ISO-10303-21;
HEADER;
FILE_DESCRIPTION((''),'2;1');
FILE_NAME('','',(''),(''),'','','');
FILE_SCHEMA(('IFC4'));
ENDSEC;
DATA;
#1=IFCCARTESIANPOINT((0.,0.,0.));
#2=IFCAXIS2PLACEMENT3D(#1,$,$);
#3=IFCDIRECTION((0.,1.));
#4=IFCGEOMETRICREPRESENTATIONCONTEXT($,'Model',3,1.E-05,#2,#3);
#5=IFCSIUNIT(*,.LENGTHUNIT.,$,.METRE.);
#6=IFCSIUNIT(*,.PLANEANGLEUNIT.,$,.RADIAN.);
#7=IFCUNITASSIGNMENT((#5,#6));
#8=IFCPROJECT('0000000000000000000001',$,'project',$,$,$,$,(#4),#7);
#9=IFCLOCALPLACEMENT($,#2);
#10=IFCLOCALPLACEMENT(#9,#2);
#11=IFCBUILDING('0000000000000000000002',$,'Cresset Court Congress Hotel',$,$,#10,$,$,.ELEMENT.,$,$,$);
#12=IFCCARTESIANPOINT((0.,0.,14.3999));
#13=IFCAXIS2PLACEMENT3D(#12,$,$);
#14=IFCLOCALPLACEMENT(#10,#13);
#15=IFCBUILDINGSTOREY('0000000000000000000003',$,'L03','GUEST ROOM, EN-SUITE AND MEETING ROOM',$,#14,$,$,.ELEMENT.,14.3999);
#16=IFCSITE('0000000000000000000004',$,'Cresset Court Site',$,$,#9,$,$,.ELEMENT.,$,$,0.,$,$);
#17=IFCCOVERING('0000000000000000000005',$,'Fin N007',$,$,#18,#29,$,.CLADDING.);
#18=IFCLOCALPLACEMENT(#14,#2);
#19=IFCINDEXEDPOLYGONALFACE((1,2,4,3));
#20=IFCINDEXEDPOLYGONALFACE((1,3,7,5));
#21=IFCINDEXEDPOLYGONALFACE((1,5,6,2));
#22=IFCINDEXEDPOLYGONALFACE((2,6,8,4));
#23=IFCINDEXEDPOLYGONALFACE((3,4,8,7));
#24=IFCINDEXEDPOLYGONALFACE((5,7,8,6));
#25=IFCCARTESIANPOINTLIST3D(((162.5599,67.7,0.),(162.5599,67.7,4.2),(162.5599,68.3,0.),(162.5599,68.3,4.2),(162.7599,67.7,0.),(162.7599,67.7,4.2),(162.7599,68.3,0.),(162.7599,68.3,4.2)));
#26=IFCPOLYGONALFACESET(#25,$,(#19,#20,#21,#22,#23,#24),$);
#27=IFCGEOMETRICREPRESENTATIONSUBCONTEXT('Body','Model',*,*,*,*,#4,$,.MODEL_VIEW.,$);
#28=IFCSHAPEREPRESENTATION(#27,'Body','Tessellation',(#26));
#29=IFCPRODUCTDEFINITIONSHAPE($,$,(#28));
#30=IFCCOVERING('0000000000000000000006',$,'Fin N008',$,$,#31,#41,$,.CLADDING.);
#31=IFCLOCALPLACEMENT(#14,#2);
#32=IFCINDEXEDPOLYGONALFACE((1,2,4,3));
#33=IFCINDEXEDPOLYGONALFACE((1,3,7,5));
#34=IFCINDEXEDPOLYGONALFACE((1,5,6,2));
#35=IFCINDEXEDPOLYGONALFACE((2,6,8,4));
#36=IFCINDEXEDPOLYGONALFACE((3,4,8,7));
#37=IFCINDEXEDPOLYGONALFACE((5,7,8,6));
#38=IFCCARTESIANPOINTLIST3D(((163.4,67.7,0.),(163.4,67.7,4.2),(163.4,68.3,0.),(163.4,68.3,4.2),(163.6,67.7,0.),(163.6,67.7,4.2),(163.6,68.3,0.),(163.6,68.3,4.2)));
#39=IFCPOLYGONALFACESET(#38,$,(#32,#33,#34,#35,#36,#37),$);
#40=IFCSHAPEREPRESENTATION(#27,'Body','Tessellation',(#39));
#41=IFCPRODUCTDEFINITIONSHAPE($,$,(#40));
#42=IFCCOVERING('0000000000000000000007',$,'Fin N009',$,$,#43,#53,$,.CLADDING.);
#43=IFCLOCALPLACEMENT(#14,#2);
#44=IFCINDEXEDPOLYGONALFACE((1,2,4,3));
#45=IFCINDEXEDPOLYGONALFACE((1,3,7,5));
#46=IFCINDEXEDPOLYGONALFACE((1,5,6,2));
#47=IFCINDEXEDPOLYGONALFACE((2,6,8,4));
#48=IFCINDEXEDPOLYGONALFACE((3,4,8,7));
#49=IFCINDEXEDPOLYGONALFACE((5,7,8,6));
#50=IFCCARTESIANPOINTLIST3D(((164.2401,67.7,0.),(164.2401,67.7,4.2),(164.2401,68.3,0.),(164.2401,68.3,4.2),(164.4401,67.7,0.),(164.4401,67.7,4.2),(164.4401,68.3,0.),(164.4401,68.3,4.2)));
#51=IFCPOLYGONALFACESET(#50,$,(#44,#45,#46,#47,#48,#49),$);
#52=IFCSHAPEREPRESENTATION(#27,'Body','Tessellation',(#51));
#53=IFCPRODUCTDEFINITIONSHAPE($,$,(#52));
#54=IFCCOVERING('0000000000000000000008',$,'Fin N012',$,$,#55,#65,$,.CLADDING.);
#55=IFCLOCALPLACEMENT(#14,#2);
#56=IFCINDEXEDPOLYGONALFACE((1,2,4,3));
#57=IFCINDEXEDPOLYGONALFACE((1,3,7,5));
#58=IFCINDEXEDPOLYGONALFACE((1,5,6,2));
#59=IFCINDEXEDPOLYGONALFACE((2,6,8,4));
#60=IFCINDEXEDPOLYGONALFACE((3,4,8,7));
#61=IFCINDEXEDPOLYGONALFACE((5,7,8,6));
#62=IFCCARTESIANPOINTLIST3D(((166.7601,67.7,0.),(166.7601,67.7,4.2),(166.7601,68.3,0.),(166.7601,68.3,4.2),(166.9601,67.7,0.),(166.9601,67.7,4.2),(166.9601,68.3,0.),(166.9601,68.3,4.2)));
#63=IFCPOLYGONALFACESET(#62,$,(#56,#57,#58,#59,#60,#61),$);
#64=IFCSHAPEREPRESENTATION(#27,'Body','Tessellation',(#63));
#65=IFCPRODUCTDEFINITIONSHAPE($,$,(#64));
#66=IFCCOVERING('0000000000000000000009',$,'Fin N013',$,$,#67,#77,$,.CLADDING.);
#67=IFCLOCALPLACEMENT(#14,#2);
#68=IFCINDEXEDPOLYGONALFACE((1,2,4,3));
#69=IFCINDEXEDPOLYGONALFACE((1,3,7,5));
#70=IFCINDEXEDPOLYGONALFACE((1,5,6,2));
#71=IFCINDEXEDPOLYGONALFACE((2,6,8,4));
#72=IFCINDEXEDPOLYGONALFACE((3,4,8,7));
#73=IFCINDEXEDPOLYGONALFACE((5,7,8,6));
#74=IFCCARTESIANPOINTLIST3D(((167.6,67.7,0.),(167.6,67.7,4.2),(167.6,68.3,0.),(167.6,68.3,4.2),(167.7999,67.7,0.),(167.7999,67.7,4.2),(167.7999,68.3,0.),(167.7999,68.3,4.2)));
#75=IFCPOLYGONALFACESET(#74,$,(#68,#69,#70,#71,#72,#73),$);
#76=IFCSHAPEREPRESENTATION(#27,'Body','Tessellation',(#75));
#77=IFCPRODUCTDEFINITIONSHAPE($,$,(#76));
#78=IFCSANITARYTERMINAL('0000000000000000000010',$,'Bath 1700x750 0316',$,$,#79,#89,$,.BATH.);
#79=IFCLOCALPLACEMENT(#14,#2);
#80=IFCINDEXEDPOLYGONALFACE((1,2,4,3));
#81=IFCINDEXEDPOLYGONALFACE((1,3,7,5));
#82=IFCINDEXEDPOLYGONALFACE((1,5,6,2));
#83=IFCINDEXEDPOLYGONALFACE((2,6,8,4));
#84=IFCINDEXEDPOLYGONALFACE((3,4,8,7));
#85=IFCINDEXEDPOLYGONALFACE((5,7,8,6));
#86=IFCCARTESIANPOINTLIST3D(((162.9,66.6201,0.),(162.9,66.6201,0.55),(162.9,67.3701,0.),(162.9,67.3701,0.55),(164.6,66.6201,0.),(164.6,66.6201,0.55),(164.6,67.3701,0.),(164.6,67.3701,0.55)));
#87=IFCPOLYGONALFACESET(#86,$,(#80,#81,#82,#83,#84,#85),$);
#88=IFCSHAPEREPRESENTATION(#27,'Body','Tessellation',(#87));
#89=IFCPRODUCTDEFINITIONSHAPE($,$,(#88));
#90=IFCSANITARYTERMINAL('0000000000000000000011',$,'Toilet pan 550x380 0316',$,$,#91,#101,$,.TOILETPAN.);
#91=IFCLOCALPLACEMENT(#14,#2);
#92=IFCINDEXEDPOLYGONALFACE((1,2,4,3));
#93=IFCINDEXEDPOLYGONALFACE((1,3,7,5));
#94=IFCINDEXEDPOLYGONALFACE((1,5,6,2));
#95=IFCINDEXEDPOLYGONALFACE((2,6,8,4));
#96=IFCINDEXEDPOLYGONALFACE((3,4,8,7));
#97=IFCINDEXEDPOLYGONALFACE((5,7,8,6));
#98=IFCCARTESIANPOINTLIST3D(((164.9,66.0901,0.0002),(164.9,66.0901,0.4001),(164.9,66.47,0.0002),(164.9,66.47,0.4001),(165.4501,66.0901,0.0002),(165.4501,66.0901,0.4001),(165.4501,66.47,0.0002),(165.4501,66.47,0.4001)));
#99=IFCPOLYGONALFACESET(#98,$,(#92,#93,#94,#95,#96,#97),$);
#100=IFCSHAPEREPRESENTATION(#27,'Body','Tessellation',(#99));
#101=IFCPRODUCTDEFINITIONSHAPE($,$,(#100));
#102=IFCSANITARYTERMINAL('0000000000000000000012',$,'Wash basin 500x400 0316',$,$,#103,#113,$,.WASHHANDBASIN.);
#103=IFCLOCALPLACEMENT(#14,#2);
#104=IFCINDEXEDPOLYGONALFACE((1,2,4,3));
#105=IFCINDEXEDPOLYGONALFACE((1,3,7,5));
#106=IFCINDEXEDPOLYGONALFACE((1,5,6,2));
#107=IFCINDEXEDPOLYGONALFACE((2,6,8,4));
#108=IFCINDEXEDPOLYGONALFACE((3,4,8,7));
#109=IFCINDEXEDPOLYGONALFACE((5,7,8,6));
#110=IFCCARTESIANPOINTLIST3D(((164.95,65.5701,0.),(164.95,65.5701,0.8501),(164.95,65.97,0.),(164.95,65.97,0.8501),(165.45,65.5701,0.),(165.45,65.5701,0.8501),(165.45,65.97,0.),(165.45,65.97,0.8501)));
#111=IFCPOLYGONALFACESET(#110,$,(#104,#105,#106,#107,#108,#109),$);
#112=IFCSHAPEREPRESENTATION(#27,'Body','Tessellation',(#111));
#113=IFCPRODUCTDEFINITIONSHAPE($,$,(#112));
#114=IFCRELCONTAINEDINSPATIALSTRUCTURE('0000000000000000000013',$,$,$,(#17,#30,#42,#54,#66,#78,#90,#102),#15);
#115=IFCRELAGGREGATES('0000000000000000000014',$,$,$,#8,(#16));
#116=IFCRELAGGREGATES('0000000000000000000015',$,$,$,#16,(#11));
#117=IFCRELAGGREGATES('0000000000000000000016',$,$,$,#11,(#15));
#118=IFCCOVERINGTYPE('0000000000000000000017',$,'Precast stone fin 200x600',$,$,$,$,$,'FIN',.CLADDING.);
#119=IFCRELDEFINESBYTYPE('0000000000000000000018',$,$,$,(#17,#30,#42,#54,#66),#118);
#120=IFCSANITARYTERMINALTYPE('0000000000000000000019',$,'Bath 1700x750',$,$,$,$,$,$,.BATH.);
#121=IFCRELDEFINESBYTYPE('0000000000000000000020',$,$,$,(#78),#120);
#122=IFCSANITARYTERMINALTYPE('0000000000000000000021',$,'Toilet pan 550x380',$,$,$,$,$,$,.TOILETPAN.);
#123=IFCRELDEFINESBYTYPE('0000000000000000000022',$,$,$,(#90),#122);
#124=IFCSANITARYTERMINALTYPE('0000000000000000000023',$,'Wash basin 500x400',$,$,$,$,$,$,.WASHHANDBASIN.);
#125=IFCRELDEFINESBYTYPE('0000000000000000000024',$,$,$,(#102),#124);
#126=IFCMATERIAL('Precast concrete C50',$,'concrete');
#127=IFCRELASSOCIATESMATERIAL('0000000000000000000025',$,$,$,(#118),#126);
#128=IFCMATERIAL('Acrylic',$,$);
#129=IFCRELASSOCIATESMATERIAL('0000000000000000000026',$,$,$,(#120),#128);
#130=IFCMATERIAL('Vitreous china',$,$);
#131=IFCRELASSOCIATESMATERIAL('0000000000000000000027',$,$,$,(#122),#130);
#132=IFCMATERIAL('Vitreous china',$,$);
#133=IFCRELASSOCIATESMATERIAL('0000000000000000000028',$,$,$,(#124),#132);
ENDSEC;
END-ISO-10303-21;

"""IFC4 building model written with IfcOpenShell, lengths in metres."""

from ifc_helpers import new_model, si_unit, direction, frame, origin, origin_2d, place, context, subcontext, project, spatial, rectangle, extrude, material, type_object, element, save


model = new_model("IFC4")

# Units and contexts
model_context = context("Model", 3, precision=1e-05, world=origin(), true_north=direction((0.0, 1.0)))
body_context = subcontext(model_context, "Body", "Model", "MODEL_VIEW")
ifc_project = project(units=[si_unit("LENGTHUNIT", "METRE"), si_unit("PLANEANGLEUNIT", "RADIAN")], contexts=[model_context])

# Site, building, storey
site_placement = place(None, origin())
site = spatial("IfcSite", under=ifc_project, at=site_placement, Name="Cresset Court Site", CompositionType="ELEMENT", RefElevation=0.0)
building_placement = place(site_placement, origin())
building = spatial("IfcBuilding", under=site, at=building_placement, Name="Cresset Court Congress Hotel", CompositionType="ELEMENT")
storey_placement = place(building_placement, frame((0.0, 0.0, 14.3999)))
storey = spatial("IfcBuildingStorey", under=building, at=storey_placement, Name="L03", Description="GUEST ROOM, EN-SUITE AND MEETING ROOM", CompositionType="ELEMENT", Elevation=14.3999)

# Coverings
ifc_material_1 = material(Name="Precast concrete C50", Category="concrete")
covering_type = type_object("IfcCoveringType", Name="Precast stone fin 200x600", ElementType="FIN", PredefinedType="CLADDING", material=ifc_material_1)
for number, where, z_axis, x_axis, name in (
    (1, (162.6599, 68.0, 0.0), (0.0, 0.0, 1.0), (1.0, 0.0, 0.0), "Fin N007"),
    (2, (163.5, 68.0, 0.0), (0.0, 0.0, 1.0), (1.0, 0.0, 0.0), "Fin N008"),
    (3, (164.3401, 68.0, 0.0), (0.0, 0.0, 1.0), (1.0, 0.0, 0.0), "Fin N009"),
    (4, (166.8601, 68.0, 0.0), (0.0, 0.0, 1.0), (1.0, 0.0, 0.0), "Fin N012"),
    (5, (167.7, 68.0, 0.0), (0.0, 0.0, 1.0), (1.0, 0.0, 0.0), "Fin N013"),
):
    element("IfcCovering", number, at=place(storey_placement, frame(where, z_axis=z_axis, x_axis=x_axis)), inside=storey, type_object=covering_type, Name=name, PredefinedType="CLADDING", context=body_context, shape_type="SweptSolid", body=[
        extrude(rectangle(XDim=0.2, YDim=0.6001, at=origin_2d()), origin(), (0.0, 0.0, 1.0), 4.2),
    ])

# Sanitary terminals
ifc_material_2 = material(Name="Acrylic")
sanitary_terminal_type_1 = type_object("IfcSanitaryTerminalType", Name="Bath 1700x750", PredefinedType="BATH", material=ifc_material_2)
sanitary_terminal_1_placement = place(storey_placement, frame((163.75, 66.9951, 0.0), z_axis=(0.0, 0.0, 1.0), x_axis=(1.0, 0.0, 0.0)))
element("IfcSanitaryTerminal", 6, at=sanitary_terminal_1_placement, inside=storey, type_object=sanitary_terminal_type_1, Name="Bath 1700x750 0316", PredefinedType="BATH", context=body_context, shape_type="SweptSolid", body=[
    extrude(rectangle(XDim=1.7, YDim=0.75, at=origin_2d()), origin(), (0.0, 0.0, 1.0), 0.55),
])
ifc_material_3 = material(Name="Vitreous china")
sanitary_terminal_type_2 = type_object("IfcSanitaryTerminalType", Name="Toilet pan 550x380", PredefinedType="TOILETPAN", material=ifc_material_3)
sanitary_terminal_2_placement = place(storey_placement, frame((165.175, 66.28, 0.0002), z_axis=(0.0, 0.0, 1.0), x_axis=(1.0, 0.0, 0.0)))
element("IfcSanitaryTerminal", 7, at=sanitary_terminal_2_placement, inside=storey, type_object=sanitary_terminal_type_2, Name="Toilet pan 550x380 0316", PredefinedType="TOILETPAN", context=body_context, shape_type="SweptSolid", body=[
    extrude(rectangle(XDim=0.55, YDim=0.3799, at=origin_2d()), origin(), (0.0, 0.0, 1.0), 0.3999),
])
ifc_material_4 = material(Name="Vitreous china")
sanitary_terminal_type_3 = type_object("IfcSanitaryTerminalType", Name="Wash basin 500x400", PredefinedType="WASHHANDBASIN", material=ifc_material_4)
sanitary_terminal_3_placement = place(storey_placement, frame((165.2, 65.77, 0.0), z_axis=(0.0, 0.0, 1.0), x_axis=(1.0, 0.0, 0.0)))
element("IfcSanitaryTerminal", 8, at=sanitary_terminal_3_placement, inside=storey, type_object=sanitary_terminal_type_3, Name="Wash basin 500x400 0316", PredefinedType="WASHHANDBASIN", context=body_context, shape_type="SweptSolid", body=[
    extrude(rectangle(XDim=0.5, YDim=0.3999, at=origin_2d()), origin(), (0.0, 0.0, 1.0), 0.8501),
])

save(model, "model.ifc")
